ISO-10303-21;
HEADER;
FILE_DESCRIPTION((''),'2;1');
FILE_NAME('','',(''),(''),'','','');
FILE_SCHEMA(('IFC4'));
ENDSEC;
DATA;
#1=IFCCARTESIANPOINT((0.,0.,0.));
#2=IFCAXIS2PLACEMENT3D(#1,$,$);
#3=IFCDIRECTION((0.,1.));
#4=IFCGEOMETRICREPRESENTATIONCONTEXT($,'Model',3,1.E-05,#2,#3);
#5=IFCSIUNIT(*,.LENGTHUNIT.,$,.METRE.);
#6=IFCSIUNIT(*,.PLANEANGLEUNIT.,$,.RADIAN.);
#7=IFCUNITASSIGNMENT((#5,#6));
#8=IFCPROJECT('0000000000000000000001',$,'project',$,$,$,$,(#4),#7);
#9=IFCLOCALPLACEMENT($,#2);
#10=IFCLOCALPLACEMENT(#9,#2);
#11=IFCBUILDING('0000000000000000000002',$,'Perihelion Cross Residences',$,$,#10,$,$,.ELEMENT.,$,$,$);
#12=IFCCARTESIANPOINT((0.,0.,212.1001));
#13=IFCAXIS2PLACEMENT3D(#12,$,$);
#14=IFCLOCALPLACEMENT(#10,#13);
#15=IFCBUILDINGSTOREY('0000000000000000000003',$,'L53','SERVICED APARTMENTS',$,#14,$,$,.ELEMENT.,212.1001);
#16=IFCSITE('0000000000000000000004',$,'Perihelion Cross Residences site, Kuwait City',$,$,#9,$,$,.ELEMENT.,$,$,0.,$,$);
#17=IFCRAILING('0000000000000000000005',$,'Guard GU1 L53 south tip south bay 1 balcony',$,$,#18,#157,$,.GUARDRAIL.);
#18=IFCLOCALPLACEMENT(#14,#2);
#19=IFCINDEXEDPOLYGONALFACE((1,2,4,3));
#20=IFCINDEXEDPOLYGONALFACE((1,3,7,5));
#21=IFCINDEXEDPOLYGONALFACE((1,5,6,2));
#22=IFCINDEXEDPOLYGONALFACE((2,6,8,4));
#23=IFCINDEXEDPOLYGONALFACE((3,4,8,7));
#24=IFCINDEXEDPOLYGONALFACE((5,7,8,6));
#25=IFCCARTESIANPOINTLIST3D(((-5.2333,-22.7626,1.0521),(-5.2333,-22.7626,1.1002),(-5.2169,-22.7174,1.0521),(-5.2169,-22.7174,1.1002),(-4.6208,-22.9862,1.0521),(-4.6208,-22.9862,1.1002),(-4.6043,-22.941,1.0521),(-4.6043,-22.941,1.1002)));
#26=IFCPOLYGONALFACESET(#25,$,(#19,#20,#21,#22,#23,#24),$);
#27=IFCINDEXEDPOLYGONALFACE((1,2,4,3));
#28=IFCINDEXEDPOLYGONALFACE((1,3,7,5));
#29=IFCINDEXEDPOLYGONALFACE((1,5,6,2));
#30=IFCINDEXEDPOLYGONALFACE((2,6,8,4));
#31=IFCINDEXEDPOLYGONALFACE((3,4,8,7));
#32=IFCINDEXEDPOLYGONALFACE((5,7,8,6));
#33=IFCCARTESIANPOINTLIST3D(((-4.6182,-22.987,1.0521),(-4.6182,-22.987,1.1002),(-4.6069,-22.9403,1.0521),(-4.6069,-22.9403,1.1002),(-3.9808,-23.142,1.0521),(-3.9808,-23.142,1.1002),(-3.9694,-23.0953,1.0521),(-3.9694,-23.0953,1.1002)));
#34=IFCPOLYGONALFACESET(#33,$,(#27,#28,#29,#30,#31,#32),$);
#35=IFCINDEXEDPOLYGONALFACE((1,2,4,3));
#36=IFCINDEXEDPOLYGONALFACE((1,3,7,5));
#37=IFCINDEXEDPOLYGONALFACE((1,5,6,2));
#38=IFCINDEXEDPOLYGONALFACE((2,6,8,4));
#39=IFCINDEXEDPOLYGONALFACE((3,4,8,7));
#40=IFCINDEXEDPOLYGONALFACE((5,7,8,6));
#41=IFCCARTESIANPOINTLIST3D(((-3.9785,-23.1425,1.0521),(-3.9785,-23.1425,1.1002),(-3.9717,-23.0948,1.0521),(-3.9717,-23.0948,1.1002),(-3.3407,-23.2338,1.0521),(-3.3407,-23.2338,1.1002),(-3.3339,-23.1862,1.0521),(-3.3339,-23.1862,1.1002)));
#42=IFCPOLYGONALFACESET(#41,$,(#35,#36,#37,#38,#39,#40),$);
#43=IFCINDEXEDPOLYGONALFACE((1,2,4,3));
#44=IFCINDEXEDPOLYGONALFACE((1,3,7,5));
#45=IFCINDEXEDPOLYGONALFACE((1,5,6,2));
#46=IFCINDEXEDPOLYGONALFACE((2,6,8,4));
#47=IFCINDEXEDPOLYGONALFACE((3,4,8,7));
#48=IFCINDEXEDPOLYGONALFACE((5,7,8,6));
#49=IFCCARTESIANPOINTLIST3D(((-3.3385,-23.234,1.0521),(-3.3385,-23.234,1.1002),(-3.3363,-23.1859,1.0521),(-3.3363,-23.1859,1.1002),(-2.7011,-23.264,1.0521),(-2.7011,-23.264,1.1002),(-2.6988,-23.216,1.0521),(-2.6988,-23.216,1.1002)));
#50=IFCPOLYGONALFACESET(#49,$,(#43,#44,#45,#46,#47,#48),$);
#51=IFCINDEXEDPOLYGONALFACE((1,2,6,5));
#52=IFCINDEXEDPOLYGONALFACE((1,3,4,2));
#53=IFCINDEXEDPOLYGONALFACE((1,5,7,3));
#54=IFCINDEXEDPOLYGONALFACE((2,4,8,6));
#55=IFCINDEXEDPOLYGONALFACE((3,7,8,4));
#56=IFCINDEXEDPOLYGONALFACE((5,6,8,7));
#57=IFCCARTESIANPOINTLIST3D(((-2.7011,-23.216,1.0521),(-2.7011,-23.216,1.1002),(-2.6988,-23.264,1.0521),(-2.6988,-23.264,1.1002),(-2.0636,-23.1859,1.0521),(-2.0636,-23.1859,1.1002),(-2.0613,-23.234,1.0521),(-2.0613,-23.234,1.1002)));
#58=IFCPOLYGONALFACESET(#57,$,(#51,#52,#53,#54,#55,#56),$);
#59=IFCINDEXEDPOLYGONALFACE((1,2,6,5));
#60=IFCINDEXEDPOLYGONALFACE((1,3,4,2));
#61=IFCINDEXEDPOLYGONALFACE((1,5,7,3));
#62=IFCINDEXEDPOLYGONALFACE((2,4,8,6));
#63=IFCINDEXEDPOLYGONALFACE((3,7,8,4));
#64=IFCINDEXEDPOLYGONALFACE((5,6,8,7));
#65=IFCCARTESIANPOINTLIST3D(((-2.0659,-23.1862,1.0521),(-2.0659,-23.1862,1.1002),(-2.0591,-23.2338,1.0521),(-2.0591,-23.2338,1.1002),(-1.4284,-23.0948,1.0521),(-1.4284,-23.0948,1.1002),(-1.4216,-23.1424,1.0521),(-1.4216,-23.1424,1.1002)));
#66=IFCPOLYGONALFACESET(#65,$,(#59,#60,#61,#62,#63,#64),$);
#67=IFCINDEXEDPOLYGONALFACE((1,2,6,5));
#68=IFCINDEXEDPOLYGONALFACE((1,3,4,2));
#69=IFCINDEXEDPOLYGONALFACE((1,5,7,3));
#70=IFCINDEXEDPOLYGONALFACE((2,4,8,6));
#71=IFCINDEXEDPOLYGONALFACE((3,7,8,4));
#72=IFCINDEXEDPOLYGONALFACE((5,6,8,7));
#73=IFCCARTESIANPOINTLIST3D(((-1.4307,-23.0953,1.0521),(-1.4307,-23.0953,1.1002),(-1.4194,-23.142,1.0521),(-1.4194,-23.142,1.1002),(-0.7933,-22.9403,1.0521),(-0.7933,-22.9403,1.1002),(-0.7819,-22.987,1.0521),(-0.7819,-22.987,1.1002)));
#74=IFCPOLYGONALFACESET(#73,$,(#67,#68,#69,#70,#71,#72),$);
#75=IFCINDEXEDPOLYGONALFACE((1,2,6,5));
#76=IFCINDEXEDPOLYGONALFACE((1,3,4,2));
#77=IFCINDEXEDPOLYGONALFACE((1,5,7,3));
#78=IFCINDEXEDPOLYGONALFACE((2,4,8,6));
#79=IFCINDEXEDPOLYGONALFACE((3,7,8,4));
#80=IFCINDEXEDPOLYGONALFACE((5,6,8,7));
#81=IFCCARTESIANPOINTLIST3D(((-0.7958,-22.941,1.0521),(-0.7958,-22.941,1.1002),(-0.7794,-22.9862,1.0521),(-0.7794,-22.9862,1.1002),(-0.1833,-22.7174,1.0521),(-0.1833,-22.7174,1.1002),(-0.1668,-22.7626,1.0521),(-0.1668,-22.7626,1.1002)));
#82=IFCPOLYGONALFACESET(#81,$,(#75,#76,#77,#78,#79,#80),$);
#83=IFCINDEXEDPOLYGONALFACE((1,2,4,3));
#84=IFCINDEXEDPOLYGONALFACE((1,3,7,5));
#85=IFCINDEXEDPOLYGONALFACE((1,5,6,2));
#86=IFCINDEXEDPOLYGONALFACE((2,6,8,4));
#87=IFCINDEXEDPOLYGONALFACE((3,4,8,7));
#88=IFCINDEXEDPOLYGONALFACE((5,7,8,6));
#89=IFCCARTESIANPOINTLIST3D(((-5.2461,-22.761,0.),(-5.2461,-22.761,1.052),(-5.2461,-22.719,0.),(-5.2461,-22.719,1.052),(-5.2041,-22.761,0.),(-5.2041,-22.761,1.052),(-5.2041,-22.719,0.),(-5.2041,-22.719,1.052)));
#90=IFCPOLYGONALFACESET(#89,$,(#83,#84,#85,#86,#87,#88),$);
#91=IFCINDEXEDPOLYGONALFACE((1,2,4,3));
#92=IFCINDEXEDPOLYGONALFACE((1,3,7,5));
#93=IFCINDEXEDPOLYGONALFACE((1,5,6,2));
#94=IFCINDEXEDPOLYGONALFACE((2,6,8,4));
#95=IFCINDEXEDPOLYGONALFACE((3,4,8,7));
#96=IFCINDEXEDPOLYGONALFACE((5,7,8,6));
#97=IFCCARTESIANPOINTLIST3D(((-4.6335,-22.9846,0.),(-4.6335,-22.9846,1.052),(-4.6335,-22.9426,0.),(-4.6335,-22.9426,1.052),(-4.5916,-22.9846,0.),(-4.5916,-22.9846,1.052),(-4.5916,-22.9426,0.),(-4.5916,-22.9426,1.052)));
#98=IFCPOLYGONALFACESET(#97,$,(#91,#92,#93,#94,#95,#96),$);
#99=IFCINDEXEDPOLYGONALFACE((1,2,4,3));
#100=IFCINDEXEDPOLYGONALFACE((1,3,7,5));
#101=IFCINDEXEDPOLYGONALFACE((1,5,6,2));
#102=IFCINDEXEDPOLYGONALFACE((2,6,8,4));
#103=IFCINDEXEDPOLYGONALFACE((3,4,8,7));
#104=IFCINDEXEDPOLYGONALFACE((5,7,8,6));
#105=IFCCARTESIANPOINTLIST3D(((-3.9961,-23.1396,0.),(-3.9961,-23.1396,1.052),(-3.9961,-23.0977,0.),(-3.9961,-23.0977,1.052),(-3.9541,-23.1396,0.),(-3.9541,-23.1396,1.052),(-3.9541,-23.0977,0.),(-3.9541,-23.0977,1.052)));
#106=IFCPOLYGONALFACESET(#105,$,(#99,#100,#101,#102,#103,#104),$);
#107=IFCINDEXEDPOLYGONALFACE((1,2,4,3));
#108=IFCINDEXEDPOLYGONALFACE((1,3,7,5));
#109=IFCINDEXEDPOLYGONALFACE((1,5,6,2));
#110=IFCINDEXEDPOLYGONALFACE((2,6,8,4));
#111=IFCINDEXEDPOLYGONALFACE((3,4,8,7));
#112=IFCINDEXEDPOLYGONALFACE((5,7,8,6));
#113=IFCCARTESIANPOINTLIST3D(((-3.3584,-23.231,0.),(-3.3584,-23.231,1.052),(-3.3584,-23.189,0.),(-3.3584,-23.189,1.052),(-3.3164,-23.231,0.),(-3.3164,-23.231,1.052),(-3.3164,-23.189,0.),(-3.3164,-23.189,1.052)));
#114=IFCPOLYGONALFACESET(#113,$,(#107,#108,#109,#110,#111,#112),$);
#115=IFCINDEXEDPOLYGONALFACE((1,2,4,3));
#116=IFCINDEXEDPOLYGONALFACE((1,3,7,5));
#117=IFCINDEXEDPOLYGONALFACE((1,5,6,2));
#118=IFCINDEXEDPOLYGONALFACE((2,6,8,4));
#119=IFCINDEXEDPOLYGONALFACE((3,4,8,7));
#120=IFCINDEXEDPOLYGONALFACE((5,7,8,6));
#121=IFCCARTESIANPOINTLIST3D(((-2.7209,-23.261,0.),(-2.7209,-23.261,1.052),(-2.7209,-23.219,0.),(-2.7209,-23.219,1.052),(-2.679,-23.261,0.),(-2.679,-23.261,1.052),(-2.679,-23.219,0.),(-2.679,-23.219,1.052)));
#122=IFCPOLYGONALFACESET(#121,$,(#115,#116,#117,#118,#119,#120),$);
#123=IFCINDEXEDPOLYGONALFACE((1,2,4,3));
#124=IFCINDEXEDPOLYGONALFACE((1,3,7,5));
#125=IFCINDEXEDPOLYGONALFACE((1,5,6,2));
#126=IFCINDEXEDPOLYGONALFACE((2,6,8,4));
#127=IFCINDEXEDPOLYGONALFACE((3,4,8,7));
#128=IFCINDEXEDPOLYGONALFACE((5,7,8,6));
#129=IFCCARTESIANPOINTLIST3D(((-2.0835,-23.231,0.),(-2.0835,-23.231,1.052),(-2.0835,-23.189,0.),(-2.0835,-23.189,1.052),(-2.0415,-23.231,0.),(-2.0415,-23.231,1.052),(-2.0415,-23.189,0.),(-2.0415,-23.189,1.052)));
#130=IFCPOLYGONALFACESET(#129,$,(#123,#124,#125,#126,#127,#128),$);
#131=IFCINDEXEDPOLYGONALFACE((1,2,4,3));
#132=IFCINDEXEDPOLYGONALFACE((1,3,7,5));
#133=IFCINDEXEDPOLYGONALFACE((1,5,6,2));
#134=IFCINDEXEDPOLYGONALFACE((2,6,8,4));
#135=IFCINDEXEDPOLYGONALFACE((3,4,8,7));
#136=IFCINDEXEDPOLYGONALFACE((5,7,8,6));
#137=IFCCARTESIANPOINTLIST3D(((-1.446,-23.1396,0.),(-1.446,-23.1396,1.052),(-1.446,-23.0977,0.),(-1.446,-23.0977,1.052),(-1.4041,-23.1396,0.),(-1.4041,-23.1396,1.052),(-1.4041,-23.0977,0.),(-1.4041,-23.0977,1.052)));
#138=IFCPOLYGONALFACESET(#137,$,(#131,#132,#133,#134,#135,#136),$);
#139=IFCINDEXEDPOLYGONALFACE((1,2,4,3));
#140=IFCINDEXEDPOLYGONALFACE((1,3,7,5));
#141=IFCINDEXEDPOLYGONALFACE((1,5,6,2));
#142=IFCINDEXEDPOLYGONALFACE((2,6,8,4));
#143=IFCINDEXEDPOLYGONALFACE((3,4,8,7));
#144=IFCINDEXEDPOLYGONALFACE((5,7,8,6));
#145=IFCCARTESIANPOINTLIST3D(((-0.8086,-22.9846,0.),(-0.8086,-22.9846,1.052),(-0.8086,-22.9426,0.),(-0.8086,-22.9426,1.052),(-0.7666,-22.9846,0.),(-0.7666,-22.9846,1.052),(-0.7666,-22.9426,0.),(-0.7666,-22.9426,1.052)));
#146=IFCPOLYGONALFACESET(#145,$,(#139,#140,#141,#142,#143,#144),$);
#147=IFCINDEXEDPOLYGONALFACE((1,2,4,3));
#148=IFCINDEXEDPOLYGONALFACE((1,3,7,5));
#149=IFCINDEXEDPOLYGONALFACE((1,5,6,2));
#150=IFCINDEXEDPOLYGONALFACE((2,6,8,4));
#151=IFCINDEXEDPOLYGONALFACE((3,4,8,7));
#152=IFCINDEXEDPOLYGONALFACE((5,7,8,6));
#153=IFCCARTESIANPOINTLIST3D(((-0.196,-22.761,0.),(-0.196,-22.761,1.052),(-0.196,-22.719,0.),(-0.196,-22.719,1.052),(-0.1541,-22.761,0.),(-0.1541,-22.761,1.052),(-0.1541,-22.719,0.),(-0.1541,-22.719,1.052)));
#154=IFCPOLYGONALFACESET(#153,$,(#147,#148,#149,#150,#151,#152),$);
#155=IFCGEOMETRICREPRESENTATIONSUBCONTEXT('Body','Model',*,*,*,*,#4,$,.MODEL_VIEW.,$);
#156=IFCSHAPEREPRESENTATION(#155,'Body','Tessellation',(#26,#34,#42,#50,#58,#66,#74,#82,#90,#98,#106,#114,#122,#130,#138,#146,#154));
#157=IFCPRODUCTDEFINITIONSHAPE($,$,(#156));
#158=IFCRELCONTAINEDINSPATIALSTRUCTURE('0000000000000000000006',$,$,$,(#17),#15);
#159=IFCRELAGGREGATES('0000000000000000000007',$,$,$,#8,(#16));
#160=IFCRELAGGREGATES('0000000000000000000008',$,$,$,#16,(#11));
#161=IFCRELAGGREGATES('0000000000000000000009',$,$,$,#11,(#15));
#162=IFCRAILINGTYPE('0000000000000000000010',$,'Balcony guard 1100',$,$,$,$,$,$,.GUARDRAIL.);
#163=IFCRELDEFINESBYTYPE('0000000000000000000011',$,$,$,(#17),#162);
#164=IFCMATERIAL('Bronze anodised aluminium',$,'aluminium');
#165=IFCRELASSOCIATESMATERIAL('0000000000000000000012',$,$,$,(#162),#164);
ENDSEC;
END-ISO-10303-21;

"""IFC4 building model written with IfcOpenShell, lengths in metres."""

from ifc_helpers import new_model, si_unit, direction, frame, origin, origin_2d, place, context, subcontext, project, spatial, rectangle, extrude, material, type_object, element, save


model = new_model("IFC4")

# Units and contexts
model_context = context("Model", 3, precision=1e-05, world=origin(), true_north=direction((0.0, 1.0)))
body_context = subcontext(model_context, "Body", "Model", "MODEL_VIEW")
ifc_project = project(units=[si_unit("LENGTHUNIT", "METRE"), si_unit("PLANEANGLEUNIT", "RADIAN")], contexts=[model_context])

# Site, building, storey
site_placement = place(None, origin())
site = spatial("IfcSite", under=ifc_project, at=site_placement, Name="Perihelion Cross Residences site, Kuwait City", CompositionType="ELEMENT", RefElevation=0.0)
building_placement = place(site_placement, origin())
building = spatial("IfcBuilding", under=site, at=building_placement, Name="Perihelion Cross Residences", CompositionType="ELEMENT")
storey_placement = place(building_placement, frame((0.0, 0.0, 212.1001)))
storey = spatial("IfcBuildingStorey", under=building, at=storey_placement, Name="L53", Description="SERVICED APARTMENTS", CompositionType="ELEMENT", Elevation=212.1001)

# Railing
ifc_material_1 = material(Name="Bronze anodised aluminium", Category="aluminium")
railing_type = type_object("IfcRailingType", Name="Balcony guard 1100", PredefinedType="GUARDRAIL", material=ifc_material_1)
railing_placement = place(storey_placement, frame((-5.2251, -22.74, 0.0)))
element("IfcRailing", 1, at=railing_placement, inside=storey, type_object=railing_type, Name="Guard GU1 L53 south tip south bay 1 balcony", PredefinedType="GUARDRAIL", context=body_context, shape_type="SweptSolid", body=[
    extrude(rectangle(XDim=0.0481, YDim=0.0481, at=origin_2d()), frame((0.0, 0.0, 1.0762), z_axis=(0.939355, -0.342945, 0.0), x_axis=(0.342945, 0.939355, 0.0)), (0.0, 0.0, 1.0), 0.6521),
    extrude(rectangle(XDim=0.0481, YDim=0.0481, at=origin_2d()), frame((0.6125, -0.2236, 1.0762), z_axis=(0.971677, -0.236314, 0.0), x_axis=(0.236314, 0.971677, 0.0)), (0.0, 0.0, 1.0), 0.656),
    extrude(rectangle(XDim=0.0481, YDim=0.0481, at=origin_2d()), frame((1.25, -0.3787, 1.0762), z_axis=(0.989904, -0.14174, 0.0), x_axis=(0.14174, 0.989904, 0.0)), (0.0, 0.0, 1.0), 0.6443),
    extrude(rectangle(XDim=0.0481, YDim=0.0481, at=origin_2d()), frame((1.8877, -0.47, 1.0762), z_axis=(0.998892, -0.047056, 0.0), x_axis=(0.047056, 0.998892, 0.0)), (0.0, 0.0, 1.0), 0.6382),
    extrude(rectangle(XDim=0.0481, YDim=0.0481, at=origin_2d()), frame((2.5251, -0.5, 1.0762), z_axis=(0.998892, 0.047056, 0.0), x_axis=(-0.047056, 0.998892, 0.0)), (0.0, 0.0, 1.0), 0.6382),
    extrude(rectangle(XDim=0.0481, YDim=0.0481, at=origin_2d()), frame((3.1626, -0.47, 1.0762), z_axis=(0.989896, 0.141793, 0.0), x_axis=(-0.141793, 0.989896, 0.0)), (0.0, 0.0, 1.0), 0.644),
    extrude(rectangle(XDim=0.0481, YDim=0.0481, at=origin_2d()), frame((3.8, -0.3787, 1.0762), z_axis=(0.971677, 0.236314, 0.0), x_axis=(-0.236314, 0.971677, 0.0)), (0.0, 0.0, 1.0), 0.656),
    extrude(rectangle(XDim=0.0481, YDim=0.0481, at=origin_2d()), frame((4.4375, -0.2236, 1.0762), z_axis=(0.939355, 0.342945, 0.0), x_axis=(-0.342945, 0.939355, 0.0)), (0.0, 0.0, 1.0), 0.6521),
    extrude(rectangle(XDim=0.042, YDim=0.042, at=origin_2d()), origin(), (0.0, 0.0, 1.0), 1.052),
    extrude(rectangle(XDim=0.042, YDim=0.042, at=origin_2d()), frame((0.6125, -0.2236, 0.0)), (0.0, 0.0, 1.0), 1.052),
    extrude(rectangle(XDim=0.042, YDim=0.042, at=origin_2d()), frame((1.25, -0.3787, 0.0)), (0.0, 0.0, 1.0), 1.052),
    extrude(rectangle(XDim=0.042, YDim=0.042, at=origin_2d()), frame((1.8877, -0.47, 0.0)), (0.0, 0.0, 1.0), 1.052),
    extrude(rectangle(XDim=0.042, YDim=0.042, at=origin_2d()), frame((2.5251, -0.5, 0.0)), (0.0, 0.0, 1.0), 1.052),
    extrude(rectangle(XDim=0.042, YDim=0.042, at=origin_2d()), frame((3.1626, -0.47, 0.0)), (0.0, 0.0, 1.0), 1.052),
    extrude(rectangle(XDim=0.042, YDim=0.042, at=origin_2d()), frame((3.8, -0.3787, 0.0)), (0.0, 0.0, 1.0), 1.052),
    extrude(rectangle(XDim=0.042, YDim=0.042, at=origin_2d()), frame((4.4375, -0.2236, 0.0)), (0.0, 0.0, 1.0), 1.052),
    extrude(rectangle(XDim=0.042, YDim=0.042, at=origin_2d()), frame((5.05, 0.0, 0.0)), (0.0, 0.0, 1.0), 1.052),
])

save(model, "model.ifc")
